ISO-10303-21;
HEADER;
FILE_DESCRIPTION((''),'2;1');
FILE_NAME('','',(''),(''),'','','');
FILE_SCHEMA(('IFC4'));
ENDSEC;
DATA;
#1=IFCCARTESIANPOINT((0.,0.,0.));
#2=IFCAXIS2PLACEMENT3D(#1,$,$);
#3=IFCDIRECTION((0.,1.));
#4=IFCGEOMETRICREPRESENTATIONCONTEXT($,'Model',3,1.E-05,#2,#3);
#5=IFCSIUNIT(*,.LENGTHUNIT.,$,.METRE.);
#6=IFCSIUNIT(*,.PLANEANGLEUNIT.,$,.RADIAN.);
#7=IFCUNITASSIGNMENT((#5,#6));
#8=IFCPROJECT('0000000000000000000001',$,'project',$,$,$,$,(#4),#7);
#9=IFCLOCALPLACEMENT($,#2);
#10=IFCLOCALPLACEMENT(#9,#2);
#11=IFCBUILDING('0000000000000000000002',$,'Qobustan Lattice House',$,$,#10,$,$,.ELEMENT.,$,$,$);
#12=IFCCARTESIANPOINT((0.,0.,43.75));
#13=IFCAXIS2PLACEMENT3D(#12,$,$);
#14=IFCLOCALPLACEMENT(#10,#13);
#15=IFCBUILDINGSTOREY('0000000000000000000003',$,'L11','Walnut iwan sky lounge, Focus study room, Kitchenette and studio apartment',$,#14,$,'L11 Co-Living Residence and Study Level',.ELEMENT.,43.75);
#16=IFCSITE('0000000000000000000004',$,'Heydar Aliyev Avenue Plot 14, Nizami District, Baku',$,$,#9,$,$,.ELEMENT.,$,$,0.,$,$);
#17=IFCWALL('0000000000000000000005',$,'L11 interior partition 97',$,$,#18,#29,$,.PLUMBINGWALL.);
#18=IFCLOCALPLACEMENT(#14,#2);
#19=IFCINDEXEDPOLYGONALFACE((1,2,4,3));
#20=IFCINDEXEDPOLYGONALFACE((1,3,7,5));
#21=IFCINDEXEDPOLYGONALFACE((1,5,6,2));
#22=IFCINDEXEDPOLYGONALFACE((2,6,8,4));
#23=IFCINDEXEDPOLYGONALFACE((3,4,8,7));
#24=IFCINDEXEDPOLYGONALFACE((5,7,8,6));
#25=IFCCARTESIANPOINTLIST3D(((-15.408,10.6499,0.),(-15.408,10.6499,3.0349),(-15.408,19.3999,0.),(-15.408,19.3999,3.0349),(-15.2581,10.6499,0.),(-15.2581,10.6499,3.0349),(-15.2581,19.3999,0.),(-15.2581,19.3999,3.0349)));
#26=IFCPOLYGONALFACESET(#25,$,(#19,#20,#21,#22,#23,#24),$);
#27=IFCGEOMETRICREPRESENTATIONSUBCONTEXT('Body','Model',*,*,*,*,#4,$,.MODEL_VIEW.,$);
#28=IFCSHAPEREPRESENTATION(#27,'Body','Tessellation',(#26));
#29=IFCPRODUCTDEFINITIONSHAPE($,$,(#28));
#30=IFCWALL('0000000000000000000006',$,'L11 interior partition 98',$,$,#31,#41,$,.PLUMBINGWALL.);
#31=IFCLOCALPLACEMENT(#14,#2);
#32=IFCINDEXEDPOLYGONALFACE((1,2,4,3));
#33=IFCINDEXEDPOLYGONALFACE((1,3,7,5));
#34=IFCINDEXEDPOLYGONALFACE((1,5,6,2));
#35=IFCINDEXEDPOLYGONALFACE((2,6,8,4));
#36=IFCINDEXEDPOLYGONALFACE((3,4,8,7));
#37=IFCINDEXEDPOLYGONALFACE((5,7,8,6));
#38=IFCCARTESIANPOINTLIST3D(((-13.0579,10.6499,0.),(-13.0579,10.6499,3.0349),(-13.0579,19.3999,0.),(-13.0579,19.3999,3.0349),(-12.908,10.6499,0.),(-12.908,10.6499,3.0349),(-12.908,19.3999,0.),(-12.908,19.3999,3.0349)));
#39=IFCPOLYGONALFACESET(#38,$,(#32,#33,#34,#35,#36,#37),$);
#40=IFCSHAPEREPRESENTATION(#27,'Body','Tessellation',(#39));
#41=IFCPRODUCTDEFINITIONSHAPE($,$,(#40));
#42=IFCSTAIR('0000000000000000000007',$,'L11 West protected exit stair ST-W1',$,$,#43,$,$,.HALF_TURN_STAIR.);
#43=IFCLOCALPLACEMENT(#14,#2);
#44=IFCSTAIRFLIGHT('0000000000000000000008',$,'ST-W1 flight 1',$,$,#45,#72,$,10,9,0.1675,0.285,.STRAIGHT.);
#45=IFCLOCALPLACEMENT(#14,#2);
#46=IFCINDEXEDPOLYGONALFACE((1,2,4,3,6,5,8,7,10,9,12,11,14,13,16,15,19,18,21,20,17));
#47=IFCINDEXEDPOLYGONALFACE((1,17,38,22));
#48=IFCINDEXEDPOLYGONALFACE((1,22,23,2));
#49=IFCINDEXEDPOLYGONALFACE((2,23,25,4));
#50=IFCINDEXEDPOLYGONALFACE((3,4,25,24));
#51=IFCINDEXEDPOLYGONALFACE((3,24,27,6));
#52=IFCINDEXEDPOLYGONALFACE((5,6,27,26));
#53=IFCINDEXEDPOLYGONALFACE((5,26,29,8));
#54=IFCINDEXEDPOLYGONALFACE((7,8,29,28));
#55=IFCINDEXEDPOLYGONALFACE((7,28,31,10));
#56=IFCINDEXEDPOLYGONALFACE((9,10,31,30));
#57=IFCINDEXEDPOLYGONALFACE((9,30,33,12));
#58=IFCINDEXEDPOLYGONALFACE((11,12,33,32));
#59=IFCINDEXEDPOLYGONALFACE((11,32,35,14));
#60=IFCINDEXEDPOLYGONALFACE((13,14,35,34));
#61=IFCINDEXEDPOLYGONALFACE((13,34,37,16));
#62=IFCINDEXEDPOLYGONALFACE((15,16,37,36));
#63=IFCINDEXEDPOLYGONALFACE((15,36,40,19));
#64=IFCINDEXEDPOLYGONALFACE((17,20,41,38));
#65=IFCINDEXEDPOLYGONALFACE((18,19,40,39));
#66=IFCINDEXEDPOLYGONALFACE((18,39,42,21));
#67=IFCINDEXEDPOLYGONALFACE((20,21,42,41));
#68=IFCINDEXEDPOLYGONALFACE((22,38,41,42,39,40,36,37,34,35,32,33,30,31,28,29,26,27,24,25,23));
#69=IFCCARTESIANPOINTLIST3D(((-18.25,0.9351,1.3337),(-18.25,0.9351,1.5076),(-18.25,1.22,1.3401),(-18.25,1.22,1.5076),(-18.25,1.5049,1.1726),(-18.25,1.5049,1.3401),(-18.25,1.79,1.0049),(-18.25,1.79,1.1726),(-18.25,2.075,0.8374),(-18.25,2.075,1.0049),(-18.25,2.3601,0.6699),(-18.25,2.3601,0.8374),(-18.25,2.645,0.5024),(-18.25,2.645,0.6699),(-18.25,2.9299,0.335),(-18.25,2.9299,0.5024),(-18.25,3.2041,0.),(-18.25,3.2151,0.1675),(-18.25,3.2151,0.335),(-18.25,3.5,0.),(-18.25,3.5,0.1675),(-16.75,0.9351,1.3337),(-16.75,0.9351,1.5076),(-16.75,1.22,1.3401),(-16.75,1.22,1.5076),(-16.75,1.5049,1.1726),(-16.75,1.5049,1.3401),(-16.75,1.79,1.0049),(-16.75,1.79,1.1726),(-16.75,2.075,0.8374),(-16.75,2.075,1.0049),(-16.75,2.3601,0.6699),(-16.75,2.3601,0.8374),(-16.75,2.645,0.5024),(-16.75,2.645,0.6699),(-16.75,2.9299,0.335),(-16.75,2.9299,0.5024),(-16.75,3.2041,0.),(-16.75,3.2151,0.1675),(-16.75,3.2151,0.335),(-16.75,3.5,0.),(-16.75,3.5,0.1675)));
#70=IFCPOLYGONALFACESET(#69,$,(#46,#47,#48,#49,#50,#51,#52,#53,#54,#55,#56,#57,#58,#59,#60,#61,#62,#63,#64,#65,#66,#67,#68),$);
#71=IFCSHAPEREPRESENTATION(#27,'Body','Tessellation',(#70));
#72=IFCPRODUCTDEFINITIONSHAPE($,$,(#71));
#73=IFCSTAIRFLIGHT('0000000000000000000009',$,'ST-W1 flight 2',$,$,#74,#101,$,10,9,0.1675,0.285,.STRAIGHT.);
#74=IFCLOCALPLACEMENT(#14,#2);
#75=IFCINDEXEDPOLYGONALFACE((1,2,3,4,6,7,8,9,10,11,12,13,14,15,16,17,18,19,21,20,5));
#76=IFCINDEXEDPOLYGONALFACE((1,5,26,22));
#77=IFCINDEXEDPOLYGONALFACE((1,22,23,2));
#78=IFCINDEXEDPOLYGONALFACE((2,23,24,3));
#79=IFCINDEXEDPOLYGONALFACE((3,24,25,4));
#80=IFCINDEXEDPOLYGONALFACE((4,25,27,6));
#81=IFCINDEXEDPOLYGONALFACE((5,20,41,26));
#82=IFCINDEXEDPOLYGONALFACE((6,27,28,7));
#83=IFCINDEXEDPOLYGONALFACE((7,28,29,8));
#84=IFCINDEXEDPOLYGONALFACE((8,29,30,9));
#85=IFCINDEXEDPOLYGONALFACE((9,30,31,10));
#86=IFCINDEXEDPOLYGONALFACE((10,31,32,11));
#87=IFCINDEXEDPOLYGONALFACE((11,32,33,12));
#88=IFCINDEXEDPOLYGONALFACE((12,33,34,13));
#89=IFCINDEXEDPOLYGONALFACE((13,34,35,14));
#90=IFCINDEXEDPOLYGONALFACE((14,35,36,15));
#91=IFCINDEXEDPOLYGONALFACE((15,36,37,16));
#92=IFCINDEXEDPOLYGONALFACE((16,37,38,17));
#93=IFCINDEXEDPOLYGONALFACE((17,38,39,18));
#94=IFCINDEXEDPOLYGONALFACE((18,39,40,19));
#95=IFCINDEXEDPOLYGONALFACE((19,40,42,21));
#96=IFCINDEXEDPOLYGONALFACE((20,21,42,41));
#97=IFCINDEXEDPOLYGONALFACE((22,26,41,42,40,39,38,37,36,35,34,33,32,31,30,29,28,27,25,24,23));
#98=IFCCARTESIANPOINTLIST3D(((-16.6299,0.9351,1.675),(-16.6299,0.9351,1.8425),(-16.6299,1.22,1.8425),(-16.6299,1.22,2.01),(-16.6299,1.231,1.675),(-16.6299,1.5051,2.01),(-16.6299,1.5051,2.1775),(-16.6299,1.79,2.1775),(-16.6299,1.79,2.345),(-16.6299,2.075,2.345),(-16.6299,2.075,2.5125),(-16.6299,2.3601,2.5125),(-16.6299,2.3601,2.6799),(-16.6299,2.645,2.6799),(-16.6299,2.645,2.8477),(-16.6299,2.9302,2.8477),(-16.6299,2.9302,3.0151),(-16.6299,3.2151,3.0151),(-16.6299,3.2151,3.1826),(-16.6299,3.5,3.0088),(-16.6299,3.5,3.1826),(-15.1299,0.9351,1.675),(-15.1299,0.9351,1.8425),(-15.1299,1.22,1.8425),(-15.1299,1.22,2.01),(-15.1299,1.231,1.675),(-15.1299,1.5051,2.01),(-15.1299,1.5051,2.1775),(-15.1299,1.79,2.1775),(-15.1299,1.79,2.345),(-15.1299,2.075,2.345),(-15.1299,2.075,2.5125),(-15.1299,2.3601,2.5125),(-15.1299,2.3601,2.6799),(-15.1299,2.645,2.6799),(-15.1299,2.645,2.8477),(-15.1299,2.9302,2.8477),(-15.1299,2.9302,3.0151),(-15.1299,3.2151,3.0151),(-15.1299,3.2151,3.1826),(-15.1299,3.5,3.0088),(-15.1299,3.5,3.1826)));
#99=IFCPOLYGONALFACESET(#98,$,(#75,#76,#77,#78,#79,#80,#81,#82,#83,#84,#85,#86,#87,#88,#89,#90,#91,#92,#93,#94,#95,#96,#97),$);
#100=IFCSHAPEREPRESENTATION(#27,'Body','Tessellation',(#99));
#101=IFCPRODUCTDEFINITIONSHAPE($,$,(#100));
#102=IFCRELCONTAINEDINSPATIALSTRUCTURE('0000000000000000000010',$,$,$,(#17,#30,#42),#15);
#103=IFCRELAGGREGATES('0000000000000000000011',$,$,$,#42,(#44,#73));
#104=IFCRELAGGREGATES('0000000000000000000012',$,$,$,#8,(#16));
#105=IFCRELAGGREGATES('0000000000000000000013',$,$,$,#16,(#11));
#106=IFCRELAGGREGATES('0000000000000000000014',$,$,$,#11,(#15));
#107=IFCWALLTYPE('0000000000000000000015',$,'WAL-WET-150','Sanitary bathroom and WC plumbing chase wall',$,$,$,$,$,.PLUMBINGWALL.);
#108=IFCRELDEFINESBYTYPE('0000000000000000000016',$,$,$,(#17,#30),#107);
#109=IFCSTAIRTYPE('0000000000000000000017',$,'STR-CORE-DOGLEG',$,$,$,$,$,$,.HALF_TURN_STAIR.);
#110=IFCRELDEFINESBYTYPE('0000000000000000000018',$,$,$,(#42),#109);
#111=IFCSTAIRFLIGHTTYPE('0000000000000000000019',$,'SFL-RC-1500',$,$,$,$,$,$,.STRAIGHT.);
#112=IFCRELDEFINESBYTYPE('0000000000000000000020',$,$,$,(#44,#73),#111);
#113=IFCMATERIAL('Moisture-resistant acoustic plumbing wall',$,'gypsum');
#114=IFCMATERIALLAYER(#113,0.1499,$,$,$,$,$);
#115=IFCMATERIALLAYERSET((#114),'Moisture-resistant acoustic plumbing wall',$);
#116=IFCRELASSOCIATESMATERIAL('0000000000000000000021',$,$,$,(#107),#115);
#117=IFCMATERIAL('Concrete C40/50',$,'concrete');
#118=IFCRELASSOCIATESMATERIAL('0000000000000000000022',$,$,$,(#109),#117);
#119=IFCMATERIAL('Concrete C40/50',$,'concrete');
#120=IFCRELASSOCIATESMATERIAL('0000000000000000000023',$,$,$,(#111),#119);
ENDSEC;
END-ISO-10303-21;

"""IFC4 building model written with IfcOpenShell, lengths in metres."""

from ifc_helpers import new_model, si_unit, direction, frame, frame_2d, origin, place, context, subcontext, project, spatial, polyline, rectangle, outline, extrude, material, layer, layer_set, type_object, element, aggregate, save


model = new_model("IFC4")

# Units and contexts
model_context = context("Model", 3, precision=1e-05, world=origin(), true_north=direction((0.0, 1.0)))
body_context = subcontext(model_context, "Body", "Model", "MODEL_VIEW")
ifc_project = project(units=[si_unit("LENGTHUNIT", "METRE"), si_unit("PLANEANGLEUNIT", "RADIAN")], contexts=[model_context])

# Site, building, storey
site_placement = place(None, origin())
site = spatial("IfcSite", under=ifc_project, at=site_placement, Name="Heydar Aliyev Avenue Plot 14, Nizami District, Baku", CompositionType="ELEMENT", RefElevation=0.0)
building_placement = place(site_placement, origin())
building = spatial("IfcBuilding", under=site, at=building_placement, Name="Qobustan Lattice House", CompositionType="ELEMENT")
storey_placement = place(building_placement, frame((0.0, 0.0, 43.75)))
storey = spatial("IfcBuildingStorey", under=building, at=storey_placement, Name="L11", Description="Walnut iwan sky lounge, Focus study room, Kitchenette and studio apartment", LongName="L11 Co-Living Residence and Study Level", CompositionType="ELEMENT", Elevation=43.75)

# Shared definitions
ifc_material_1 = material(Name="Moisture-resistant acoustic plumbing wall", Category="gypsum")
ifc_layer_1 = layer(ifc_material_1, 0.1499)
ifc_layer_set_1 = layer_set([ifc_layer_1], Name="Moisture-resistant acoustic plumbing wall")
wall_type_1 = type_object("IfcWallType", Name="WAL-WET-150", Description="Sanitary bathroom and WC plumbing chase wall", PredefinedType="PLUMBINGWALL", material=ifc_layer_set_1)

# Walls
for number, where, z_axis, x_axis, name in (
    (1, (-15.333, 19.3999, 0.0), (0.0, 0.0, 1.0), (0.0, -1.0, 0.0), "L11 interior partition 97"),
    (2, (-12.9829, 19.3999, 0.0), (0.0, 0.0, 1.0), (0.0, -1.0, 0.0), "L11 interior partition 98"),
):
    element("IfcWall", number, at=place(storey_placement, frame(where, z_axis=z_axis, x_axis=x_axis)), inside=storey, type_object=wall_type_1, Name=name, PredefinedType="PLUMBINGWALL", context=body_context, shape_type="SweptSolid", body=[
        extrude(rectangle(XDim=8.75, YDim=0.1499, at=frame_2d((4.375, 0.0))), origin(), (0.0, 0.0, 1.0), 3.0349),
    ])

# Stair, stair flights
ifc_material_2 = material(Name="Concrete C40/50", Category="concrete")
stair_type = type_object("IfcStairType", Name="STR-CORE-DOGLEG", PredefinedType="HALF_TURN_STAIR", material=ifc_material_2)
stair_placement = place(storey_placement, origin())
stair = element("IfcStair", 3, at=stair_placement, inside=storey, type_object=stair_type, Name="L11 West protected exit stair ST-W1", PredefinedType="HALF_TURN_STAIR")
ifc_material_3 = material(Name="Concrete C40/50", Category="concrete")
stair_flight_type = type_object("IfcStairFlightType", Name="SFL-RC-1500", PredefinedType="STRAIGHT", material=ifc_material_3)
stair_flight_1_placement = place(storey_placement, frame((-17.5, 3.5, 0.0), z_axis=(0.0, 0.0, 1.0), x_axis=(0.0, -1.0, 0.0)))
stair_flight_1 = element("IfcStairFlight", 4, at=stair_flight_1_placement, type_object=stair_flight_type, Name="ST-W1 flight 1", NumberOfRisers=10, NumberOfTreads=9, PredefinedType="STRAIGHT", RiserHeight=0.1675, TreadLength=0.285, context=body_context, shape_type="SweptSolid", body=[
    extrude(outline(polyline([(0.0, 0.0), (0.0, 0.1675), (0.2849, 0.1675), (0.2849, 0.335), (0.5701, 0.335), (0.5701, 0.5024), (0.855, 0.5024), (0.855, 0.6699), (1.1399, 0.6699), (1.1399, 0.8374), (1.425, 0.8374), (1.425, 1.0049), (1.71, 1.0049), (1.71, 1.1726), (1.9951, 1.1726), (1.9951, 1.3401), (2.28, 1.3401), (2.28, 1.5076), (2.5649, 1.5076), (2.5649, 1.675), (2.5649, 1.3337), (0.2959, 0.0), (0.0, 0.0)])), frame((0.0, 0.75, 0.0), z_axis=(0.0, -1.0, 0.0), x_axis=(1.0, 0.0, 0.0)), (0.0, 0.0, 1.0), 1.5),
])
stair_flight_2_placement = place(storey_placement, frame((-15.8799, 0.9351, 1.675), z_axis=(0.0, 0.0, 1.0), x_axis=(0.0, 1.0, 0.0)))
stair_flight_2 = element("IfcStairFlight", 5, at=stair_flight_2_placement, type_object=stair_flight_type, Name="ST-W1 flight 2", NumberOfRisers=10, NumberOfTreads=9, PredefinedType="STRAIGHT", RiserHeight=0.1675, TreadLength=0.285, context=body_context, shape_type="SweptSolid", body=[
    extrude(outline(polyline([(0.0, 0.0), (0.0, 0.1675), (0.2849, 0.1675), (0.2849, 0.335), (0.5701, 0.335), (0.5701, 0.5024), (0.855, 0.5024), (0.855, 0.6699), (1.1399, 0.6699), (1.1399, 0.8374), (1.425, 0.8374), (1.425, 1.0049), (1.71, 1.0049), (1.71, 1.1726), (1.9951, 1.1726), (1.9951, 1.3401), (2.28, 1.3401), (2.28, 1.5076), (2.5649, 1.5076), (2.5649, 1.675), (2.5649, 1.3337), (0.2959, 0.0), (0.0, 0.0)])), frame((0.0, 0.75, 0.0), z_axis=(0.0, -1.0, 0.0), x_axis=(1.0, 0.0, 0.0)), (0.0, 0.0, 1.0), 1.5),
])
aggregate(stair, [stair_flight_1, stair_flight_2])

save(model, "model.ifc")
